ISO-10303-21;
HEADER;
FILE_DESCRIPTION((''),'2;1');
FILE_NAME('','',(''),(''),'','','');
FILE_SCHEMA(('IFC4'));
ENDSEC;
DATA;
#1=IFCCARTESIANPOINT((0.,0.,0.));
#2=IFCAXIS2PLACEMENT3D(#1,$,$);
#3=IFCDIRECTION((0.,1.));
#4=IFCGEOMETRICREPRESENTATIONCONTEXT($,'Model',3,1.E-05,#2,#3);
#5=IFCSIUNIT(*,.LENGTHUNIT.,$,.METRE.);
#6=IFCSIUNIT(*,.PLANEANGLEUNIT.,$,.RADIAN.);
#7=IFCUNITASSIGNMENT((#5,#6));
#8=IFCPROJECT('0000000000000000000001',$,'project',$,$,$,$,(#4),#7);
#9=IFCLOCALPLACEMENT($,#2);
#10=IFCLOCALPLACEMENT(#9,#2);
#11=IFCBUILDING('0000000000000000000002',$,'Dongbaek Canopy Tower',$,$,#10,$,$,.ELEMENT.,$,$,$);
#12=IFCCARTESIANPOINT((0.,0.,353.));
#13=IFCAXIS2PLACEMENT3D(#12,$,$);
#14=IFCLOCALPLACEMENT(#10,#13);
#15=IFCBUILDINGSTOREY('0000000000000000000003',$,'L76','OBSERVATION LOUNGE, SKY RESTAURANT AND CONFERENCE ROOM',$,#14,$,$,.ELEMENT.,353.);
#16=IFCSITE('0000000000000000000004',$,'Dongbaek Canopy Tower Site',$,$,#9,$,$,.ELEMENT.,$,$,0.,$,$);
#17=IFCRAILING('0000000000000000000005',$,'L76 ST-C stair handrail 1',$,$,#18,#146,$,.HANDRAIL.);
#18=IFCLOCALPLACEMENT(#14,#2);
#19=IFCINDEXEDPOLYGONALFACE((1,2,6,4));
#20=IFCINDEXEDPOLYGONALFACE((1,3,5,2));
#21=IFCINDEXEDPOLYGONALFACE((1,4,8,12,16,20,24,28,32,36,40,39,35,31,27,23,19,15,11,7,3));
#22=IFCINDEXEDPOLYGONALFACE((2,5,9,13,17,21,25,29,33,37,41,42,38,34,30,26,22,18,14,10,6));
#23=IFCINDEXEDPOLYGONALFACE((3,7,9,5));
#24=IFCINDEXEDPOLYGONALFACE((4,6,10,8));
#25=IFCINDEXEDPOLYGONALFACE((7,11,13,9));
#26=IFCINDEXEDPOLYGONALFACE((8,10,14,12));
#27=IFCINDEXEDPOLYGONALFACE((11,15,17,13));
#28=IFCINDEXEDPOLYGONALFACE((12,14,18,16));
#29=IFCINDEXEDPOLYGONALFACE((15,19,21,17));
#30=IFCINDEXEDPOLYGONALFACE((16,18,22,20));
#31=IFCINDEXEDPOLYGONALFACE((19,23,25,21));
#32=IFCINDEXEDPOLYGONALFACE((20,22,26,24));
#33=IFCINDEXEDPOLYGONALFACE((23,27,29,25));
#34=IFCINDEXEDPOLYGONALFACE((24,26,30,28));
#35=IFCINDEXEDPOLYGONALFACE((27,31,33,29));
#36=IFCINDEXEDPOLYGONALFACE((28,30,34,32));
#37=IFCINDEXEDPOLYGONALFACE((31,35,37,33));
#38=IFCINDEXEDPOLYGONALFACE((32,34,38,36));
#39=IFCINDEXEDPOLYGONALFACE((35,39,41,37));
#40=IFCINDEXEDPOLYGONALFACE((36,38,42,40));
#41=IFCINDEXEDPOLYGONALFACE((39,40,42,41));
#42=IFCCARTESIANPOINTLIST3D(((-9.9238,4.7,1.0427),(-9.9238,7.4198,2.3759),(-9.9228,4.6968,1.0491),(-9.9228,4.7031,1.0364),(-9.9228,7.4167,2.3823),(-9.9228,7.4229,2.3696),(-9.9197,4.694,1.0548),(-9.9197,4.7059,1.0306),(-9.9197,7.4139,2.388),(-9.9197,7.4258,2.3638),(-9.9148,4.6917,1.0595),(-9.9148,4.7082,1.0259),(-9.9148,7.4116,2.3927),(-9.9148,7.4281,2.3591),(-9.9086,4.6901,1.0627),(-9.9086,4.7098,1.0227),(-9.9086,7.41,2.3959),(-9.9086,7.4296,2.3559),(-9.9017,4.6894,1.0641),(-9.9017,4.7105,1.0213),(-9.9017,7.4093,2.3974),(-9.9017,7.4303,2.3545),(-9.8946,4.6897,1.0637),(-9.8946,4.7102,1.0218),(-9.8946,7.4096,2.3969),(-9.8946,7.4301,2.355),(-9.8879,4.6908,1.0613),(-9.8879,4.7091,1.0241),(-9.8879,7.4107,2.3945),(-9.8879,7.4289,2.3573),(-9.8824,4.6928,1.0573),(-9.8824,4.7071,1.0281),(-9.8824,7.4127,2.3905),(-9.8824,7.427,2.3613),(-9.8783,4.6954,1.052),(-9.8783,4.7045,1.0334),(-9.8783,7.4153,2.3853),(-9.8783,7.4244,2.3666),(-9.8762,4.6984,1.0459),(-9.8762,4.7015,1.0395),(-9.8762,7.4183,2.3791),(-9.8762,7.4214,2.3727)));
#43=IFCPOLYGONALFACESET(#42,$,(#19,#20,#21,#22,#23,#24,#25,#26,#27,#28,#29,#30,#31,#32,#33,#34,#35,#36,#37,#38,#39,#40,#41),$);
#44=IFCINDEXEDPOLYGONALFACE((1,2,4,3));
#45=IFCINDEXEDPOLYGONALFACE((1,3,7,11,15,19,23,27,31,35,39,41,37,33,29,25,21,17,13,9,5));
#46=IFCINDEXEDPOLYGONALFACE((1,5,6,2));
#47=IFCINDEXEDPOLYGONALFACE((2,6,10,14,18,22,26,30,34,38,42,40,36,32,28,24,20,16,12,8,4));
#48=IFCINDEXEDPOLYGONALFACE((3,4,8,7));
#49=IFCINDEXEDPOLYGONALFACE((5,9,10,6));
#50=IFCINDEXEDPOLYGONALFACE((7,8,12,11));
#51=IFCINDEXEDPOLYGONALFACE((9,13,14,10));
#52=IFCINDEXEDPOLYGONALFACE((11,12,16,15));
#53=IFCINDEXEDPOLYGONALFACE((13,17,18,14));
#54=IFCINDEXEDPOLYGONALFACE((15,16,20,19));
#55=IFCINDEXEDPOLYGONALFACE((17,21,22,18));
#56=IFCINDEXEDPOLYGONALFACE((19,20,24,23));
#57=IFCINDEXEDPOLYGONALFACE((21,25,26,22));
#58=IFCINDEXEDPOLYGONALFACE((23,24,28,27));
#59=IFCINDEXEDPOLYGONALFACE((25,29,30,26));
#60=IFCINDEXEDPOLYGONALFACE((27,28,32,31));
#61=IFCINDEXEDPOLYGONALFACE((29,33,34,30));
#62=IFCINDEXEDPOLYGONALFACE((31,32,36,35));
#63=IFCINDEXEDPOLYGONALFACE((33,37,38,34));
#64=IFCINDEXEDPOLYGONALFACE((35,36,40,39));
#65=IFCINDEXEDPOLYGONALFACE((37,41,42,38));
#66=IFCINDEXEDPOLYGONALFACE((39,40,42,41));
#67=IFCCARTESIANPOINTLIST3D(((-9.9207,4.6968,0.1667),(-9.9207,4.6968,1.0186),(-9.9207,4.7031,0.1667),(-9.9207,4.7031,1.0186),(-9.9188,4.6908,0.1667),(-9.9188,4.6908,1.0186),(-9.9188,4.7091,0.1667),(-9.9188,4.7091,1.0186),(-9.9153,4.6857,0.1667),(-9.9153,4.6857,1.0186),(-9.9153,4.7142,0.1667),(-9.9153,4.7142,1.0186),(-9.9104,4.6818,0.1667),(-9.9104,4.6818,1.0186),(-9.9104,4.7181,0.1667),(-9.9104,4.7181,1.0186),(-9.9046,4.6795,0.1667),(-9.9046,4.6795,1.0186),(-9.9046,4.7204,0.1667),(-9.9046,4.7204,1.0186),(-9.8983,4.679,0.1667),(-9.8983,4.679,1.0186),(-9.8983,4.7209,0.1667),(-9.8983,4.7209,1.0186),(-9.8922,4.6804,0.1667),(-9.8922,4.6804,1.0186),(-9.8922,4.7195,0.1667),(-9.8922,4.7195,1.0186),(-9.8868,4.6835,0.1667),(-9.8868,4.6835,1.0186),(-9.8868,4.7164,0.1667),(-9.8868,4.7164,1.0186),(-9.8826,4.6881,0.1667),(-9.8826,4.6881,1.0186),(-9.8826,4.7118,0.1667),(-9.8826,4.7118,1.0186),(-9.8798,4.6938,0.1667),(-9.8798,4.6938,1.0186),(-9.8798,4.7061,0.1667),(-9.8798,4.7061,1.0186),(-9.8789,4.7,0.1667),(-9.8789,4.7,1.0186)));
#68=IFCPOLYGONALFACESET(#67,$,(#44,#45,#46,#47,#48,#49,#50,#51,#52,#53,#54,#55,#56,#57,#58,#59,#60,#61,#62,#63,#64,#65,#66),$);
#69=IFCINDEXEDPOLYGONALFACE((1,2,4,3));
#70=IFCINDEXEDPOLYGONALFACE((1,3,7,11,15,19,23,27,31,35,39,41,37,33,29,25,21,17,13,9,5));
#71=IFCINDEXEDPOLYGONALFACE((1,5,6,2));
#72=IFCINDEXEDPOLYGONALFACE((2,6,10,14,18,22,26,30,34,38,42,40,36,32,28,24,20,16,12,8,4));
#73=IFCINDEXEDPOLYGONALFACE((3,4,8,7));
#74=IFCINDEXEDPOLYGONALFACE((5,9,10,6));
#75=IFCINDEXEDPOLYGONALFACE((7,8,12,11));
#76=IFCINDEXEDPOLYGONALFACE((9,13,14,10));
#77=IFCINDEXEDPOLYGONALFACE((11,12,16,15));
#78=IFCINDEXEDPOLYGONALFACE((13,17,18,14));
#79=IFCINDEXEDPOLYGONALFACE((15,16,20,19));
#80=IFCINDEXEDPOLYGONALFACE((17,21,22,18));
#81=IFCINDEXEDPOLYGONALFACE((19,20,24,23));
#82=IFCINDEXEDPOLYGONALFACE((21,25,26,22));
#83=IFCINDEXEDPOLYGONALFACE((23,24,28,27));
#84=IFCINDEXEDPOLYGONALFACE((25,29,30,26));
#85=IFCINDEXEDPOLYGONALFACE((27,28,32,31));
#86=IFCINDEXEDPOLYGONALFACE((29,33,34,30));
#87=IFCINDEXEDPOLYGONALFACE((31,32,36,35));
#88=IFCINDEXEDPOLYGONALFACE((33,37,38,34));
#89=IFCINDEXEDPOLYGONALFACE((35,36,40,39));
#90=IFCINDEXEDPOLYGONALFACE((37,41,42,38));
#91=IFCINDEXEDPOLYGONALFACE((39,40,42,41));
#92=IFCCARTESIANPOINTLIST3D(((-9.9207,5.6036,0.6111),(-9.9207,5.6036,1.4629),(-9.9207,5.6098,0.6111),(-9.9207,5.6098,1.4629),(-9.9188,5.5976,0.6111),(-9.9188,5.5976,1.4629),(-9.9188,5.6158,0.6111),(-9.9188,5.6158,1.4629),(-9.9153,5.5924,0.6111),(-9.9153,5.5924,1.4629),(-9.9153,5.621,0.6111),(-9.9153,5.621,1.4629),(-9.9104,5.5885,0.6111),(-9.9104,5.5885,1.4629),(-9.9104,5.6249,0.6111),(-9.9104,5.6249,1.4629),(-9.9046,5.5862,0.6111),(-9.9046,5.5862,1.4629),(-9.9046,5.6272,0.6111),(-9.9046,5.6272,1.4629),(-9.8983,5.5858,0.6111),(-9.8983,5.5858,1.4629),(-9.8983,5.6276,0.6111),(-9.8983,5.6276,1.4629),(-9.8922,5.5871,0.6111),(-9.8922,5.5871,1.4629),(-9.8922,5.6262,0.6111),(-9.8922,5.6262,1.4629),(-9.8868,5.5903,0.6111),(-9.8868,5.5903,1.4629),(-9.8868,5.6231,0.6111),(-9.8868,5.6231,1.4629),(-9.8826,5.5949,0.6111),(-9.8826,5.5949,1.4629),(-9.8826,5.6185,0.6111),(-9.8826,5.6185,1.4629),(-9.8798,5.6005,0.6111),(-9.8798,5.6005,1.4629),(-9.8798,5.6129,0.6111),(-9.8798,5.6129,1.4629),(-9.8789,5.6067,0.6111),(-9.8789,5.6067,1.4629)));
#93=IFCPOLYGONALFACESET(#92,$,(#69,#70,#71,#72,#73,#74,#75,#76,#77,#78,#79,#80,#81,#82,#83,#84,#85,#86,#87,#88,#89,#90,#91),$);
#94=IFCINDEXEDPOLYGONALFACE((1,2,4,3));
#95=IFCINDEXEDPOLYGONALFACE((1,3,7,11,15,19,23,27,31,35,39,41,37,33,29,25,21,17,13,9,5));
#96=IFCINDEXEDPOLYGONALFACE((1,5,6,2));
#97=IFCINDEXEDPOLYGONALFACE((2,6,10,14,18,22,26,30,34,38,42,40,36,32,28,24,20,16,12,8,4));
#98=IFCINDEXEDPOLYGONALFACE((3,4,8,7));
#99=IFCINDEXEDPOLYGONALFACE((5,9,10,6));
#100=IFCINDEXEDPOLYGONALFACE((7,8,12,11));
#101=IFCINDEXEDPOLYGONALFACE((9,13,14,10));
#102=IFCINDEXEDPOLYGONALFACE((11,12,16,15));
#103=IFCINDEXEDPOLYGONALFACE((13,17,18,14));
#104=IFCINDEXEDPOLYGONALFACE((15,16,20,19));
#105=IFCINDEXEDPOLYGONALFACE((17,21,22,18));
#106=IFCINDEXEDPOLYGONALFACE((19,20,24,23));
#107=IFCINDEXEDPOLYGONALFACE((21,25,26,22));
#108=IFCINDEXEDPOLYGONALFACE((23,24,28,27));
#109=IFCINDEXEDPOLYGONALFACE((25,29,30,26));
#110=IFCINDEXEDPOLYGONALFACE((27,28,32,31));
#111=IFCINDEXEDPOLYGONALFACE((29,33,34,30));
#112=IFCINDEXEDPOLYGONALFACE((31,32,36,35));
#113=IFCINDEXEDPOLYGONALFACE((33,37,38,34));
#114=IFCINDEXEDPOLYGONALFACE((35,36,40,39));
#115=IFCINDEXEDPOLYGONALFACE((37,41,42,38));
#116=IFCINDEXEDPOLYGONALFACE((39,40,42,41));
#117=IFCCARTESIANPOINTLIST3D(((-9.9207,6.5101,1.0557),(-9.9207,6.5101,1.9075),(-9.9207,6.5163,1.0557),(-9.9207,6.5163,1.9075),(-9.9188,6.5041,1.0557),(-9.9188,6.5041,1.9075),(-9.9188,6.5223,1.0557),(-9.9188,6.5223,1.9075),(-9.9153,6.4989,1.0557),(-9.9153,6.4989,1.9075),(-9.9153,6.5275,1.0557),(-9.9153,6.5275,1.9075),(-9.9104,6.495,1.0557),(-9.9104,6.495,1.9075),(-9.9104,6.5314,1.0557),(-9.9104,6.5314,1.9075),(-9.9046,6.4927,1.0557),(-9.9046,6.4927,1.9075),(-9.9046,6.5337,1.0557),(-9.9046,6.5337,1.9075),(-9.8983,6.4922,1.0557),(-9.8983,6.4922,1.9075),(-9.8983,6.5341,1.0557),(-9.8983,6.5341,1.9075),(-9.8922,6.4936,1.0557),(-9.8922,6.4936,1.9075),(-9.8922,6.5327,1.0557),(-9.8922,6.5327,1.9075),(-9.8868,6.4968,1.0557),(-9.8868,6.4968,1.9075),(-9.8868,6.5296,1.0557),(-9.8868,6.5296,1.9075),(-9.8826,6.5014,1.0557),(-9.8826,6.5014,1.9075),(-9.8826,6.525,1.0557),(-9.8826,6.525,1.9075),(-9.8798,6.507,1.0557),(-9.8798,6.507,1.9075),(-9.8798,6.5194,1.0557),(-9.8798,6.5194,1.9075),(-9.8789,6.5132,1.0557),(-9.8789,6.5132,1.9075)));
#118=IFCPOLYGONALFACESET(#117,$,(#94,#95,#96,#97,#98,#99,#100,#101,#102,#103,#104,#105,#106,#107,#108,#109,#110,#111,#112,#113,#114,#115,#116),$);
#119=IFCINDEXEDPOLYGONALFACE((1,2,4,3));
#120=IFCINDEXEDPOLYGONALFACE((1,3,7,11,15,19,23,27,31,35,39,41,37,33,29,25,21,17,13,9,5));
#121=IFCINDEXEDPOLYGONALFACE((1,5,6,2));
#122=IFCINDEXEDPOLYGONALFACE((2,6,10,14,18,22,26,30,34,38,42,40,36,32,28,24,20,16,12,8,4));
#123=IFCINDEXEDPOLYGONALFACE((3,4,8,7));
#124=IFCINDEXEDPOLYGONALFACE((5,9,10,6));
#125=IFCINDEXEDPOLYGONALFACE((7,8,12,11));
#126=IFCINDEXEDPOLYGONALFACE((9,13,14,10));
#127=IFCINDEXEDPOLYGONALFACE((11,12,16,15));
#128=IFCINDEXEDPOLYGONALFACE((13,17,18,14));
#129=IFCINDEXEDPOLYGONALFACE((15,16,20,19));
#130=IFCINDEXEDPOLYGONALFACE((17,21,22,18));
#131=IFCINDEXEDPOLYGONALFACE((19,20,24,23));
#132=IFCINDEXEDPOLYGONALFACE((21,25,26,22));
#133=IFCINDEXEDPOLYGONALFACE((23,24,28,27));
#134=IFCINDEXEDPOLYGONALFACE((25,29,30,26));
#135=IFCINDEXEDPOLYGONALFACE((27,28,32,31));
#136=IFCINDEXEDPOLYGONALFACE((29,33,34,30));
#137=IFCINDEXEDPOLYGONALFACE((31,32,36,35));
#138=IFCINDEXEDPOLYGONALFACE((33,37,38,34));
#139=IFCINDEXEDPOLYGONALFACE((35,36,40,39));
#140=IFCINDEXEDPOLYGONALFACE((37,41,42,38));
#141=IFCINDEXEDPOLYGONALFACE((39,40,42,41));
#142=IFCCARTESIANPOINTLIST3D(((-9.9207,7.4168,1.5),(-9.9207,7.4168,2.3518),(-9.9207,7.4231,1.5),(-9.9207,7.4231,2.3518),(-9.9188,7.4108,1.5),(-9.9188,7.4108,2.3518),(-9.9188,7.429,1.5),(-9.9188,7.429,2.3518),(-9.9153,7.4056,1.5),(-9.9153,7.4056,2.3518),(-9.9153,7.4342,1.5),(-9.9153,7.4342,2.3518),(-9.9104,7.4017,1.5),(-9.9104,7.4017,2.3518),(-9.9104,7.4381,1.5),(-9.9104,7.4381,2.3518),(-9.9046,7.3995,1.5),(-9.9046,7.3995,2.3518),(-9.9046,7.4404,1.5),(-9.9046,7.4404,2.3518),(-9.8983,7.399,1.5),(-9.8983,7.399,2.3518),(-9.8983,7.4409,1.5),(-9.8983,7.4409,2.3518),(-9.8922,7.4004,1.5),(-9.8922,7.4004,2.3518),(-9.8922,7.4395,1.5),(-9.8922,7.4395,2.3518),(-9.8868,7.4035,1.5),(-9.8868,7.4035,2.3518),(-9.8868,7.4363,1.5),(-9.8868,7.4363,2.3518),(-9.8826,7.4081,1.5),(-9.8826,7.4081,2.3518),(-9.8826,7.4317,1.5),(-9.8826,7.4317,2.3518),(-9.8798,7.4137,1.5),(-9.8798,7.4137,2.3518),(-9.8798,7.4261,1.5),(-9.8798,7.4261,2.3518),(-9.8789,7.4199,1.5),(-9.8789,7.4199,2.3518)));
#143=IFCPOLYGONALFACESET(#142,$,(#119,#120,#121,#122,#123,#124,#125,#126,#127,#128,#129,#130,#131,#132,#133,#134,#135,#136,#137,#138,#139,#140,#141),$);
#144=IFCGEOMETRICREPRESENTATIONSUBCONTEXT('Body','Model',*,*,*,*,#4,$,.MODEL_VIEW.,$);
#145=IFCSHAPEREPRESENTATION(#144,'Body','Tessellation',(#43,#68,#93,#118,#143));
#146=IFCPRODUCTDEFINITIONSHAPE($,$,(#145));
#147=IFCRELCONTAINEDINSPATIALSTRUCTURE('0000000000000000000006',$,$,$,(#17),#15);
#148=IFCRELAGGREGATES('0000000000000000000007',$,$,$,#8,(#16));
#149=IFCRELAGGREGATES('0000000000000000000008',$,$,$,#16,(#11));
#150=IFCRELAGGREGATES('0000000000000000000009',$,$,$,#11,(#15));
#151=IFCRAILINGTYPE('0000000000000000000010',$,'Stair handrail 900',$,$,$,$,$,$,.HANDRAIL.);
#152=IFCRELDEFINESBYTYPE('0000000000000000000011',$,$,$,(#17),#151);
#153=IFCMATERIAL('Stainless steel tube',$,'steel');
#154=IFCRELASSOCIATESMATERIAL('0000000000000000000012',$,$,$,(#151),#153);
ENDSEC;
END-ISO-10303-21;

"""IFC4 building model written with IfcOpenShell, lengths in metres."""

from ifc_helpers import new_model, si_unit, direction, frame, origin, origin_2d, place, context, subcontext, project, spatial, circle, extrude, material, type_object, element, save


model = new_model("IFC4")

# Units and contexts
model_context = context("Model", 3, precision=1e-05, world=origin(), true_north=direction((0.0, 1.0)))
body_context = subcontext(model_context, "Body", "Model", "MODEL_VIEW")
ifc_project = project(units=[si_unit("LENGTHUNIT", "METRE"), si_unit("PLANEANGLEUNIT", "RADIAN")], contexts=[model_context])

# Site, building, storey
site_placement = place(None, origin())
site = spatial("IfcSite", under=ifc_project, at=site_placement, Name="Dongbaek Canopy Tower Site", CompositionType="ELEMENT", RefElevation=0.0)
building_placement = place(site_placement, origin())
building = spatial("IfcBuilding", under=site, at=building_placement, Name="Dongbaek Canopy Tower", CompositionType="ELEMENT")
storey_placement = place(building_placement, frame((0.0, 0.0, 353.0)))
storey = spatial("IfcBuildingStorey", under=building, at=storey_placement, Name="L76", Description="OBSERVATION LOUNGE, SKY RESTAURANT AND CONFERENCE ROOM", CompositionType="ELEMENT", Elevation=353.0)

# Railing
ifc_material_1 = material(Name="Stainless steel tube", Category="steel")
railing_type_1 = type_object("IfcRailingType", Name="Stair handrail 900", PredefinedType="HANDRAIL", material=ifc_material_1)
for number, where, name in (
    (1, (-9.8999, 4.7, 0.1667), "L76 ST-C stair handrail 1"),
):
    element("IfcRailing", number, at=place(storey_placement, frame(where)), inside=storey, type_object=railing_type_1, Name=name, PredefinedType="HANDRAIL", context=body_context, shape_type="SweptSolid", body=[
        extrude(circle(Radius=0.0239, at=origin_2d()), frame((0.0, 0.0, 0.876), z_axis=(0.0, 0.897929, 0.440139), x_axis=(-1.0, 0.0, 0.0)), (0.0, 0.0, 1.0), 3.0291),
        extrude(circle(Radius=0.021, at=origin_2d()), origin(), (0.0, 0.0, 1.0), 0.8518),
        extrude(circle(Radius=0.021, at=origin_2d()), frame((0.0, 0.9067, 0.4443)), (0.0, 0.0, 1.0), 0.8518),
        extrude(circle(Radius=0.021, at=origin_2d()), frame((0.0, 1.8132, 0.8889)), (0.0, 0.0, 1.0), 0.8518),
        extrude(circle(Radius=0.021, at=origin_2d()), frame((0.0, 2.72, 1.3333)), (0.0, 0.0, 1.0), 0.8518),
    ])

save(model, "model.ifc")
